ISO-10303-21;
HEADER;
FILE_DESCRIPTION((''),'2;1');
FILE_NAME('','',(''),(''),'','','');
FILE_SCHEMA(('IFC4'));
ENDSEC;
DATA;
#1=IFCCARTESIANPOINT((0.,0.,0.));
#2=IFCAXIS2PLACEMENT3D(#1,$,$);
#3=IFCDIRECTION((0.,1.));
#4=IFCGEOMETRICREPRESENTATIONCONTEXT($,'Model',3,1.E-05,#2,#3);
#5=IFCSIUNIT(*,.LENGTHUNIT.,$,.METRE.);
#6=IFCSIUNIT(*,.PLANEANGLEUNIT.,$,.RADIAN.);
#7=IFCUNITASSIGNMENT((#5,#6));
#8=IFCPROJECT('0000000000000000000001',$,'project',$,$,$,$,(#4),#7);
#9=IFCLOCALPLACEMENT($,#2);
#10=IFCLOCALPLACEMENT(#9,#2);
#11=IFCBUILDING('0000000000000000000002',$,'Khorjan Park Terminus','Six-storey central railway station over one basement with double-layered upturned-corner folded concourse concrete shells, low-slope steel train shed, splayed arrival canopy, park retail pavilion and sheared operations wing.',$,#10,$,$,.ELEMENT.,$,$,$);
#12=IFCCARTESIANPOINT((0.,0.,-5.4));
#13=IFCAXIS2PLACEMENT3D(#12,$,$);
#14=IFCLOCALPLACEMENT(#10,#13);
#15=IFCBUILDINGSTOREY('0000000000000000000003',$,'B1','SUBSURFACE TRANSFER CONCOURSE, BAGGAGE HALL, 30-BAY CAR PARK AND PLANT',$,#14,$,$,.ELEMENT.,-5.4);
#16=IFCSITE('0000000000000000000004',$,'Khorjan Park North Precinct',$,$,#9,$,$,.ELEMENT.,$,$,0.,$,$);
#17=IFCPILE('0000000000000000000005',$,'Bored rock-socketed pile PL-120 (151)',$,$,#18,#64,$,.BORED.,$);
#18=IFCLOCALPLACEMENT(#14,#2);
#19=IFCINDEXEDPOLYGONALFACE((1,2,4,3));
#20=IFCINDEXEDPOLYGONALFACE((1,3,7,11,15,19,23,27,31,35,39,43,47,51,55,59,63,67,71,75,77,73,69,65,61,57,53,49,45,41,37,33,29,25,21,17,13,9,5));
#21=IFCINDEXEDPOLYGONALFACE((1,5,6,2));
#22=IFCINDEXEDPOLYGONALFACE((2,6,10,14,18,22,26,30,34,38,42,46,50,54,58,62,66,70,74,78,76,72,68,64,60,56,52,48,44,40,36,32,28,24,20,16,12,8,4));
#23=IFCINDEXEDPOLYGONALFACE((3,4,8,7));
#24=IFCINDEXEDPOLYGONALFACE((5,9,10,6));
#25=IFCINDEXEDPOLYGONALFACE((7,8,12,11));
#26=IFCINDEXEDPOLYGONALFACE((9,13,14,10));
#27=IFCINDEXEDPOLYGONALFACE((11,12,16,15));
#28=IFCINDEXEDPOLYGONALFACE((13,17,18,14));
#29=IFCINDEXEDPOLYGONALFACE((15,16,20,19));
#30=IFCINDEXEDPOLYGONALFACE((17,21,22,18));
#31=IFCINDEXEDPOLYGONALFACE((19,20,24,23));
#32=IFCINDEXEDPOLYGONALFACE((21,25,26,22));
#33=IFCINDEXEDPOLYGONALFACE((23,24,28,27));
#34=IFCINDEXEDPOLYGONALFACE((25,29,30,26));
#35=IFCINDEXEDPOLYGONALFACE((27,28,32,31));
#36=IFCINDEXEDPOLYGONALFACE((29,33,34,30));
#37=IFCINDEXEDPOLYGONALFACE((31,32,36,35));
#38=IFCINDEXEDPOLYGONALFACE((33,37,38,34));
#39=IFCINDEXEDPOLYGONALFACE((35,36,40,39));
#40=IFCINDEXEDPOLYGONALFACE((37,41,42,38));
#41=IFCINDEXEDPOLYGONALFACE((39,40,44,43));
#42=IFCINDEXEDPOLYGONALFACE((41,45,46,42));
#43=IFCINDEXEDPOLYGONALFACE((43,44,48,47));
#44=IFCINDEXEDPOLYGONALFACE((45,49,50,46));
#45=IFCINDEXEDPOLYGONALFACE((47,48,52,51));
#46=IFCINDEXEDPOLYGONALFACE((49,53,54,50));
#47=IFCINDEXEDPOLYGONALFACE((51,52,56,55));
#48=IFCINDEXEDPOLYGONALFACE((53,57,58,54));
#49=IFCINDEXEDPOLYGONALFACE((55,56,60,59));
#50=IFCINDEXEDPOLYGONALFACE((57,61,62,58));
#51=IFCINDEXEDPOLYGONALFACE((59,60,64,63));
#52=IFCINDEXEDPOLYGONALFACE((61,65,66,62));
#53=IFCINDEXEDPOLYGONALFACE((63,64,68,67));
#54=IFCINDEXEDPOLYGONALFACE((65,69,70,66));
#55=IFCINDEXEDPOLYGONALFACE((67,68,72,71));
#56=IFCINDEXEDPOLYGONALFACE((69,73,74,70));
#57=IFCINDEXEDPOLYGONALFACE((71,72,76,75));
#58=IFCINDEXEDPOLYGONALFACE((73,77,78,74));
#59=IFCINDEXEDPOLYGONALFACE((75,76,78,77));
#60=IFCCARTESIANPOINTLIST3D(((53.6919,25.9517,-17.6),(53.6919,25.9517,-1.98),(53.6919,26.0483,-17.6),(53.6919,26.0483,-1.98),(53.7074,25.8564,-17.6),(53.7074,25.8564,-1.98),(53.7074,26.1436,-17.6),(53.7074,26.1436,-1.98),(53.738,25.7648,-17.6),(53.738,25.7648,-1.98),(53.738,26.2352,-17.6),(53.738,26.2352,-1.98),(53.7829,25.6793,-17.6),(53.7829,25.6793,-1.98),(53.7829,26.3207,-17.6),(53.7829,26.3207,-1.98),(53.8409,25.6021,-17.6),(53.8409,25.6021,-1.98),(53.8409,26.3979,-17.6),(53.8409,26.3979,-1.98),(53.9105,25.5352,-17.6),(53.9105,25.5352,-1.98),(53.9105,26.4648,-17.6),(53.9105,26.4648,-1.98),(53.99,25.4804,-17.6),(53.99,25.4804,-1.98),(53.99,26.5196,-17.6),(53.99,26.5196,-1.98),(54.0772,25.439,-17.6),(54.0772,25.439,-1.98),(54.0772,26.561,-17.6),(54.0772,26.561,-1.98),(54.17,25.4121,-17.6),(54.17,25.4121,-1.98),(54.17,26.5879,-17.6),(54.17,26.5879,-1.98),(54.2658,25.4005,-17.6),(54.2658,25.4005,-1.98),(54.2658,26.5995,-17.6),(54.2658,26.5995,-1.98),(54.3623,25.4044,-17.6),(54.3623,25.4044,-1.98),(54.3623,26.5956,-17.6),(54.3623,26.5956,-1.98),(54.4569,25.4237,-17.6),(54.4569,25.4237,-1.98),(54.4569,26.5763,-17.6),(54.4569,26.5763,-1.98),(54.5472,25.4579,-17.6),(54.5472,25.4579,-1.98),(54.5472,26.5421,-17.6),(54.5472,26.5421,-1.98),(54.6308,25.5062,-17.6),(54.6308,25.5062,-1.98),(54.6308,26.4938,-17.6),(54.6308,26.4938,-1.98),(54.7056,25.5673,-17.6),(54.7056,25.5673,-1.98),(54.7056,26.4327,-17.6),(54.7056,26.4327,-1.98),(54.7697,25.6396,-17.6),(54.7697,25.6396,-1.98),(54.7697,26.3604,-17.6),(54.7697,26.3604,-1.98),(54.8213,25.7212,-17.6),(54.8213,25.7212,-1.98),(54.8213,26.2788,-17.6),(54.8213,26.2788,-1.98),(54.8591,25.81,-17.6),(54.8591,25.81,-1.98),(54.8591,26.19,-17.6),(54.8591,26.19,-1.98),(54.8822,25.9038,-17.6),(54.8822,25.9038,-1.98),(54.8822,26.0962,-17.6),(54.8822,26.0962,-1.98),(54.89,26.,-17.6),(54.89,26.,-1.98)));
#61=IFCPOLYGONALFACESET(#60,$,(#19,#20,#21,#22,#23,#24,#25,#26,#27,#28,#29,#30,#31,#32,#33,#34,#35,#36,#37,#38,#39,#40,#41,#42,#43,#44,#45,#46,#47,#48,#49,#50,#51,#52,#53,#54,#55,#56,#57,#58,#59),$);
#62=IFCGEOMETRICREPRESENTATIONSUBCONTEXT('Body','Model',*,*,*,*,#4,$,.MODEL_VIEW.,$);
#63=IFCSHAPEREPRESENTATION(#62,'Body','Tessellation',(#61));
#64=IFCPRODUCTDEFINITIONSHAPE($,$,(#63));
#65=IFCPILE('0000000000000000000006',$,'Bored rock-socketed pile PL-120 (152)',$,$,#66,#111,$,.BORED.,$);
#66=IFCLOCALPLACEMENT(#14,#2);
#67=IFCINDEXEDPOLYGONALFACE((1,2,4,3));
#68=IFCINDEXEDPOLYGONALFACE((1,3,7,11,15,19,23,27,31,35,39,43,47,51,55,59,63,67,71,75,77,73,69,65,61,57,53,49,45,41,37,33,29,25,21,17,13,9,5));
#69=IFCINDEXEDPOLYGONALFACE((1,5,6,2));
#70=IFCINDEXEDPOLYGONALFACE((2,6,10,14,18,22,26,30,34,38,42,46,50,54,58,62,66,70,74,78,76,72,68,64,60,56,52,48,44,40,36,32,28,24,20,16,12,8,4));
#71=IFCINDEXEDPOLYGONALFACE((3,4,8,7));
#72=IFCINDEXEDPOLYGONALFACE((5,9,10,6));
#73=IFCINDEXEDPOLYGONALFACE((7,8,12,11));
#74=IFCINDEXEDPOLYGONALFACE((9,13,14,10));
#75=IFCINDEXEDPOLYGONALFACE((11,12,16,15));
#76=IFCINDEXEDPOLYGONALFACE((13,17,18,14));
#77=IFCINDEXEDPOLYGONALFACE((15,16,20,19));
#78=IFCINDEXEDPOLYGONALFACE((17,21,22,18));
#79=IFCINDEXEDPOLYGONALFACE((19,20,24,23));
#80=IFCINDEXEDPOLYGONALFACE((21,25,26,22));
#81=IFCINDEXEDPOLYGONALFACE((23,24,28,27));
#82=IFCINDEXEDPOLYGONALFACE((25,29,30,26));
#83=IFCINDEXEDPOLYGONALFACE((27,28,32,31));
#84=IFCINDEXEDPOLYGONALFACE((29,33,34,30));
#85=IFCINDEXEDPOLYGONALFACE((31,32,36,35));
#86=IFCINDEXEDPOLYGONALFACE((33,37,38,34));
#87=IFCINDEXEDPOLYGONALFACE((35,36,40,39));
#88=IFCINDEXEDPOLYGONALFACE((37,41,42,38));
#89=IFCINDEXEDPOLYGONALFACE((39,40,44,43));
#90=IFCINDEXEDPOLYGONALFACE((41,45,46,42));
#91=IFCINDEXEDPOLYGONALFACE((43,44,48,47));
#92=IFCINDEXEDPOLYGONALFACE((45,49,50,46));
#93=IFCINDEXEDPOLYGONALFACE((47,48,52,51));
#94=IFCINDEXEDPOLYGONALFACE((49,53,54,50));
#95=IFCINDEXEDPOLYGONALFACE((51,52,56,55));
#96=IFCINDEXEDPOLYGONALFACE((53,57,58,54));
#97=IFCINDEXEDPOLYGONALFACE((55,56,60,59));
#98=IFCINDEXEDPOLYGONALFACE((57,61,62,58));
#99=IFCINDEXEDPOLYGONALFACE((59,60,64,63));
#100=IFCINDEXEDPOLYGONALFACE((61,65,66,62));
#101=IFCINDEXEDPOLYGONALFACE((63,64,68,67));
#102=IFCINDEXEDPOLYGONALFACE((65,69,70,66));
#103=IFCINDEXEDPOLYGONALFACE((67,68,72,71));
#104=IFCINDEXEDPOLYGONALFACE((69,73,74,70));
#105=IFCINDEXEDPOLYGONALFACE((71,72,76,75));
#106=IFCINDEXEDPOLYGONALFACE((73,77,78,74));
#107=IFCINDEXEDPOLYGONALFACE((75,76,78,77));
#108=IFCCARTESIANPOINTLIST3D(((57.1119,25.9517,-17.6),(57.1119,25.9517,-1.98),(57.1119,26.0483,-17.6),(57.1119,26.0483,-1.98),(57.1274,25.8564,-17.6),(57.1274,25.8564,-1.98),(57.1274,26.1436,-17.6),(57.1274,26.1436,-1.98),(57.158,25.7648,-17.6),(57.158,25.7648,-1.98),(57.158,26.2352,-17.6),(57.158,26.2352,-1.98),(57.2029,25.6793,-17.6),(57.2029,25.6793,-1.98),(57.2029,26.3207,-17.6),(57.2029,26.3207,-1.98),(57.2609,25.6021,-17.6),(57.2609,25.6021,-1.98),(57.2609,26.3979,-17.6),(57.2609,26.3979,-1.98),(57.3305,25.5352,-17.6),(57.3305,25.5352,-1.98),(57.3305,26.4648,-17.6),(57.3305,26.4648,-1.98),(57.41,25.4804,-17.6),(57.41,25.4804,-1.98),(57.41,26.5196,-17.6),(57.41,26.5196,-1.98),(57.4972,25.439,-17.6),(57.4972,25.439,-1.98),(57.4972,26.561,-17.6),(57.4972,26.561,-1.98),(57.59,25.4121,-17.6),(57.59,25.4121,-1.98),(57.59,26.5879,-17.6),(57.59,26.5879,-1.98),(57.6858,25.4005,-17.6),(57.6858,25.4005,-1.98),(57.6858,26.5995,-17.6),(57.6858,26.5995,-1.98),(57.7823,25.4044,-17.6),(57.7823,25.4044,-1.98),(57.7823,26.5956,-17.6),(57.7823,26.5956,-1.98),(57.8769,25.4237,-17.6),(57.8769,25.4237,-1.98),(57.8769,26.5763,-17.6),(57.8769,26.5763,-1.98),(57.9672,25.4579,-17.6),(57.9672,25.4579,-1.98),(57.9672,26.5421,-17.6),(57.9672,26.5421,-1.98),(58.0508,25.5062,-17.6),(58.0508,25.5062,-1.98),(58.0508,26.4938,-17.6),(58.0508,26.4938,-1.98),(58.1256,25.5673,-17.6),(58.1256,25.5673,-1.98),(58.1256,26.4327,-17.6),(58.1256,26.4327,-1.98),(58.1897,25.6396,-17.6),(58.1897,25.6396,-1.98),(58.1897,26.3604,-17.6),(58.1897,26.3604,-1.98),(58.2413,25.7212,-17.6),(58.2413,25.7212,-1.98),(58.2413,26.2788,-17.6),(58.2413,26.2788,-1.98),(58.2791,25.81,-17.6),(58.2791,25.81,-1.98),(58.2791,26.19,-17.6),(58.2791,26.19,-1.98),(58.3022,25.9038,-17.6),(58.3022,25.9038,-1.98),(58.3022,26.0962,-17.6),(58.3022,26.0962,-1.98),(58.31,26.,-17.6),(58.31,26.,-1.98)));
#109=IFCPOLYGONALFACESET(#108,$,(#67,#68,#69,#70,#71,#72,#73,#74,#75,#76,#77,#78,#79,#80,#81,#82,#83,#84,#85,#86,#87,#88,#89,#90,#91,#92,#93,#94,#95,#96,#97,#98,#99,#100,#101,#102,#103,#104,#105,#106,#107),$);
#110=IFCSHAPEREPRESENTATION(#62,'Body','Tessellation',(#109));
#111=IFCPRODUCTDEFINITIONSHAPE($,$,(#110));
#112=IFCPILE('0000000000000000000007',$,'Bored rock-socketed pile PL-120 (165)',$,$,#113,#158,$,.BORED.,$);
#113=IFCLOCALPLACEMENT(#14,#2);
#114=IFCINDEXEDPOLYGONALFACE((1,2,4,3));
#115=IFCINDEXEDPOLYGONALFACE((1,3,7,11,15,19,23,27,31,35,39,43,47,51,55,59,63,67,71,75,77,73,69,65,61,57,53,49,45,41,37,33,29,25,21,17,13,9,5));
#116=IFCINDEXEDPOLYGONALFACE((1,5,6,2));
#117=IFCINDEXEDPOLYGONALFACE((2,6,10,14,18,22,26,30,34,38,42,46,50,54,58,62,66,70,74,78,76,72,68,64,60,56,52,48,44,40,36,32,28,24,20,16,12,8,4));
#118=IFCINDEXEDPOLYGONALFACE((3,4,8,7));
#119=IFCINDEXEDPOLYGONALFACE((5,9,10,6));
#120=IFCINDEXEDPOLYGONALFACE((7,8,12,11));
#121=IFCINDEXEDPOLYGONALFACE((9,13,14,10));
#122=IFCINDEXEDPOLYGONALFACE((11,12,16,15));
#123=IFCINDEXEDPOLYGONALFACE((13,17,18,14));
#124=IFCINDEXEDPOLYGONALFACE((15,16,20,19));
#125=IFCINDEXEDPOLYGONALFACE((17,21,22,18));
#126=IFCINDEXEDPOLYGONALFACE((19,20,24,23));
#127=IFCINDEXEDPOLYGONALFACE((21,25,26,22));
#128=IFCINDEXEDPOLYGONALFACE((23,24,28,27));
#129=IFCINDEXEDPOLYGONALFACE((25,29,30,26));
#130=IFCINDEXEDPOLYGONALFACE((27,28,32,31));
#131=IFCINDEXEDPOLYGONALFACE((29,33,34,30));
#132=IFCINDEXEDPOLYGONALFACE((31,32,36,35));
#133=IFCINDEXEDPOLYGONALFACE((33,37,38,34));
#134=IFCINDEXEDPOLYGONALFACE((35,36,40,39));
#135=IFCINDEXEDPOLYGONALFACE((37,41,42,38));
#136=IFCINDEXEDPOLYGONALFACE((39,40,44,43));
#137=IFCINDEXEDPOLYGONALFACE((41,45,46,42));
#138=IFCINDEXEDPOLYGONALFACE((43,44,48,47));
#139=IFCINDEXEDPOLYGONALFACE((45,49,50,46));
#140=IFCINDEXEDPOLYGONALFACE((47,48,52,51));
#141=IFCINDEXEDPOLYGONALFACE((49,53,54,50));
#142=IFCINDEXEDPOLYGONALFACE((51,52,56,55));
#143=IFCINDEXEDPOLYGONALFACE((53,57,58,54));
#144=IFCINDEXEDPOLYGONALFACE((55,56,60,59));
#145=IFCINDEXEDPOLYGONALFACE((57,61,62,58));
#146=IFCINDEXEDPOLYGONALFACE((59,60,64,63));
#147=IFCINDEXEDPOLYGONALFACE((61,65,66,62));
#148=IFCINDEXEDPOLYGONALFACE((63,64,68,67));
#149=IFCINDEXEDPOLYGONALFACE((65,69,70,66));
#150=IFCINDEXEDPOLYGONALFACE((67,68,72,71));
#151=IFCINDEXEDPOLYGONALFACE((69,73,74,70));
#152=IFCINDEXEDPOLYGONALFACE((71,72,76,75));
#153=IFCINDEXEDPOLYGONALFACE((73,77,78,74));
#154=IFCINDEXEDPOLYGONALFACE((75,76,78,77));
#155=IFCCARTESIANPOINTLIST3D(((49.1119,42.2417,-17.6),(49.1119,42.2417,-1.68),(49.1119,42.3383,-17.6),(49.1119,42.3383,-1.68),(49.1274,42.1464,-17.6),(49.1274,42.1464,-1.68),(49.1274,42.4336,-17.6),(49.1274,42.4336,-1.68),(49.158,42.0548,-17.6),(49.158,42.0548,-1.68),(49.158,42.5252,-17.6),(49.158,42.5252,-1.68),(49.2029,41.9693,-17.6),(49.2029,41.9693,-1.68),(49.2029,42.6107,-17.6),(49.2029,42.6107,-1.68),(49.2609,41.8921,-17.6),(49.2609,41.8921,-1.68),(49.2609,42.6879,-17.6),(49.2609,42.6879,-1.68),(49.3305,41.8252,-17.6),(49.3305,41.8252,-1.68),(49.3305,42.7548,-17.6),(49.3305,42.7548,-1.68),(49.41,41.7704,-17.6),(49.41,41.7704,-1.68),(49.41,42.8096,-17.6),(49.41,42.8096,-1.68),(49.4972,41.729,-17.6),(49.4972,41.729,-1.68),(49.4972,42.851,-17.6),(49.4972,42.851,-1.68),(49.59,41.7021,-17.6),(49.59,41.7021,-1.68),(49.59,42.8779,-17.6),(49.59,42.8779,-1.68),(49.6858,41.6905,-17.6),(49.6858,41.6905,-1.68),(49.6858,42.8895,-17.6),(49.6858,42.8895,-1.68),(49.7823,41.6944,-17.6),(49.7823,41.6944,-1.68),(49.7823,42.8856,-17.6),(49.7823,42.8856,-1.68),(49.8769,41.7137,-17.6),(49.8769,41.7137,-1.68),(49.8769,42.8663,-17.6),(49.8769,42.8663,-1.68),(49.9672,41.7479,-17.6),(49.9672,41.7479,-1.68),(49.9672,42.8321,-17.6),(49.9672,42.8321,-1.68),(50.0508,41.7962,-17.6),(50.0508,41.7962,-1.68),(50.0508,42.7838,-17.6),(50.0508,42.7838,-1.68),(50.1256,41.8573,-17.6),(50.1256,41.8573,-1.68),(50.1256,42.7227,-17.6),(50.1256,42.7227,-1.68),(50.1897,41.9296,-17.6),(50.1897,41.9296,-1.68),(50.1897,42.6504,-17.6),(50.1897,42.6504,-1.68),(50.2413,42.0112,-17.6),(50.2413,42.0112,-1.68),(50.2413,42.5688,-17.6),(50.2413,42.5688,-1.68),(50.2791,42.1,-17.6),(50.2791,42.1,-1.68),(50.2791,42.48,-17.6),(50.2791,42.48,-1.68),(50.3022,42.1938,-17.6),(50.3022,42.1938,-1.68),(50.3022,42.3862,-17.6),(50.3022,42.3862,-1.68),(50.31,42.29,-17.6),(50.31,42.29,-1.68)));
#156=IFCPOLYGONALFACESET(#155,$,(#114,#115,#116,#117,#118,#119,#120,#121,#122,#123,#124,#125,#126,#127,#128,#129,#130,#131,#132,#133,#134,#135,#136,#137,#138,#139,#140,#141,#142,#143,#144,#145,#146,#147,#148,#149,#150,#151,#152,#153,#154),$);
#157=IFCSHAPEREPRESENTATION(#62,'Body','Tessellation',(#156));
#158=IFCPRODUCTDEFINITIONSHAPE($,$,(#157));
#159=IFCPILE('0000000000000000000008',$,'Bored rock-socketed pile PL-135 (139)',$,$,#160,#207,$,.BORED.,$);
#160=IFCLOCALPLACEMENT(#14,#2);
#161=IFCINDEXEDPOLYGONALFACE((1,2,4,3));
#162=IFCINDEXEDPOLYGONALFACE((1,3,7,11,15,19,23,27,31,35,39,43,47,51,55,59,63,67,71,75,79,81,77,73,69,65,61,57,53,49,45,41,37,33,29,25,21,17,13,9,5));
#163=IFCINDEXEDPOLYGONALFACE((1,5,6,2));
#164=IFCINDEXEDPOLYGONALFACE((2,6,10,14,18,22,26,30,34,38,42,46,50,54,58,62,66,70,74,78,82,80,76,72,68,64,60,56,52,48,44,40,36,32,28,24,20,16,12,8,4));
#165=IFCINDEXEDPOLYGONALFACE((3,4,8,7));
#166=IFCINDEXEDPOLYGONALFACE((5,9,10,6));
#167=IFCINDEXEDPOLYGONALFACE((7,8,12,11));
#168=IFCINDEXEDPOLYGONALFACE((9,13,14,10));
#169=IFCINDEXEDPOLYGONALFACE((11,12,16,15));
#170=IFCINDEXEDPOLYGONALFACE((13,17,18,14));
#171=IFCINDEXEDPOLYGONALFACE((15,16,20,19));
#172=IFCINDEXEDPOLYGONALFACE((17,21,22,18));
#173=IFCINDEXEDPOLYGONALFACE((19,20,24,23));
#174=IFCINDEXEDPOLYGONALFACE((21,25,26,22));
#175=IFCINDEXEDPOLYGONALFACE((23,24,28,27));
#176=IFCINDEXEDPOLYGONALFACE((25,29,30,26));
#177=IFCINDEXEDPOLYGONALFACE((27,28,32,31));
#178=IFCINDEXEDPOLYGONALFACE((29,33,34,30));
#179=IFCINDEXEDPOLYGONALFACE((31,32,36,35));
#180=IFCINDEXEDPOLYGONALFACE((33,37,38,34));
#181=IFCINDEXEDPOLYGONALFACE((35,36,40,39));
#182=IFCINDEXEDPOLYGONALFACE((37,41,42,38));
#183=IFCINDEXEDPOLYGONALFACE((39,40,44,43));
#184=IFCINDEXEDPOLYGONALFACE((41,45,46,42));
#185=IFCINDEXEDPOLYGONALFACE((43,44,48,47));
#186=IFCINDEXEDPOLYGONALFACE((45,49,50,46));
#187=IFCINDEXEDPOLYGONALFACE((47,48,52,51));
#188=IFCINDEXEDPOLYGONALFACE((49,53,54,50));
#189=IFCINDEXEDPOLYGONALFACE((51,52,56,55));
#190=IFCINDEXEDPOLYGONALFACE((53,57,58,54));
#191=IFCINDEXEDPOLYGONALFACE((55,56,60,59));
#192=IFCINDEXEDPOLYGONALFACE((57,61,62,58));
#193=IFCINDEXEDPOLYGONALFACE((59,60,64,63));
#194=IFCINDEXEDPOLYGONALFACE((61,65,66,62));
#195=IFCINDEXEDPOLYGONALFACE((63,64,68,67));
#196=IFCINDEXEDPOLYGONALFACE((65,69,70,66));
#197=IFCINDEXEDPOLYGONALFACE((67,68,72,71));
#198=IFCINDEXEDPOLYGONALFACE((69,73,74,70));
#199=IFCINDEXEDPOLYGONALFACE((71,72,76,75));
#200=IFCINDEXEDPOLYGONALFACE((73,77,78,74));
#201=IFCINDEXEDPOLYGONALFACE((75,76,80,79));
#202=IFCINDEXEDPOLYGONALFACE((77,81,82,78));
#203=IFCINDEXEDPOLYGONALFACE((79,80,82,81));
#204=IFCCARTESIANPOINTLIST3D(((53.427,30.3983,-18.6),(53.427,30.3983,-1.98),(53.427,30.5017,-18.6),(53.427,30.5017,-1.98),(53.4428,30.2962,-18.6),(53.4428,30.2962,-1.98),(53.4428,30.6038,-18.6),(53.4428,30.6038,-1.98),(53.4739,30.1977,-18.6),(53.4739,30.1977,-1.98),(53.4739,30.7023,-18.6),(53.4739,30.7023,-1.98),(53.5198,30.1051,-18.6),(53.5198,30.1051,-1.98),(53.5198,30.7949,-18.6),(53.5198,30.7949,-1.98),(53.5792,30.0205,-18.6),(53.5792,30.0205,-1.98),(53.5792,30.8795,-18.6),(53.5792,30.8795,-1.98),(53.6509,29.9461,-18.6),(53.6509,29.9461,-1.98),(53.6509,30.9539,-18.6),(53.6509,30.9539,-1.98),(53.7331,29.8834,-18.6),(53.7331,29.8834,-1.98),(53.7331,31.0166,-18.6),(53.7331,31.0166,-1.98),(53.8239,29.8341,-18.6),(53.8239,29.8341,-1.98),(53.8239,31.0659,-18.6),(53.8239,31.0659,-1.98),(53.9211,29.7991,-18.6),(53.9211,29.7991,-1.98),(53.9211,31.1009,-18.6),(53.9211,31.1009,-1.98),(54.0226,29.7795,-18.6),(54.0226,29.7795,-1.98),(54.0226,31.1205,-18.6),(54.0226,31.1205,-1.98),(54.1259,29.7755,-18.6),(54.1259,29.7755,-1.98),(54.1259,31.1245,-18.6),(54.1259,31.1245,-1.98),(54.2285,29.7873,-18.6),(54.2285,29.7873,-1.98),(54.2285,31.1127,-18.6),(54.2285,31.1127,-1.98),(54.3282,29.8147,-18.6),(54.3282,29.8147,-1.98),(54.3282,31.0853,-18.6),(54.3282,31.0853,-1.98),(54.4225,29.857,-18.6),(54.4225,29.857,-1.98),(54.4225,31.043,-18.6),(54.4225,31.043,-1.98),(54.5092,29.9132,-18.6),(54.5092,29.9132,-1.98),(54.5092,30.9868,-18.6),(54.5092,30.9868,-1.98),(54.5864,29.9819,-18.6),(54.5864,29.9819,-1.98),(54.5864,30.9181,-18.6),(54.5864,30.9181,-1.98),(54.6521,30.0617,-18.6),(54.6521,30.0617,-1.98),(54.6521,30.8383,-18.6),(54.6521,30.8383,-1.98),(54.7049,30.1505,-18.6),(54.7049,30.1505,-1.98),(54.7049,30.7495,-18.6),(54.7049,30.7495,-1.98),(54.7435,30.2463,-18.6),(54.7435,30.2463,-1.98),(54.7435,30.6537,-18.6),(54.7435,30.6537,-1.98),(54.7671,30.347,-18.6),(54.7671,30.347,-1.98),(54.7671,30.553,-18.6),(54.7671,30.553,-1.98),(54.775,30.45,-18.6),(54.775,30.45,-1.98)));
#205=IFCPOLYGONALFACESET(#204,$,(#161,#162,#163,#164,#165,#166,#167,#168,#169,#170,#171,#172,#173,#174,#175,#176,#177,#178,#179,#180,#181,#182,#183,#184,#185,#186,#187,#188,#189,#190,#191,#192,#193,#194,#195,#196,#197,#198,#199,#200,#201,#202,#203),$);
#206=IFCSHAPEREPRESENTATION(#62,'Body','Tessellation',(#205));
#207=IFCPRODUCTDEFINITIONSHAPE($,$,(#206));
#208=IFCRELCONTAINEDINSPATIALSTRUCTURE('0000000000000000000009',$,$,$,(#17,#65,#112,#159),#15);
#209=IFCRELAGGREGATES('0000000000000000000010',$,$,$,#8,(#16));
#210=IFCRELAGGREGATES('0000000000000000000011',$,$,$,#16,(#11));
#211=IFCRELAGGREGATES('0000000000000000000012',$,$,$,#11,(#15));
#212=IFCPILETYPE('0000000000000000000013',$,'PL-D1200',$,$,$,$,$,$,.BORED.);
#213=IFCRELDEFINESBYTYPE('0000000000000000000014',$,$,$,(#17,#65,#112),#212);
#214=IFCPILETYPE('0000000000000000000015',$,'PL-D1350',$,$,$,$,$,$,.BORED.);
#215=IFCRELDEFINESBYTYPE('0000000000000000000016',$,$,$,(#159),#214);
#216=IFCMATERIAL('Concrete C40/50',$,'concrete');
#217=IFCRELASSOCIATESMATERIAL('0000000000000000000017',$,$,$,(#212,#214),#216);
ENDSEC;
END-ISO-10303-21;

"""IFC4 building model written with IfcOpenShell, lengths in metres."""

from ifc_helpers import new_model, si_unit, direction, frame, origin, origin_2d, place, context, subcontext, project, spatial, circle, extrude, material, material_profile, profile_set, type_object, element, save


model = new_model("IFC4")

# Units and contexts
model_context = context("Model", 3, precision=1e-05, world=origin(), true_north=direction((0.0, 1.0)))
body_context = subcontext(model_context, "Body", "Model", "MODEL_VIEW")
ifc_project = project(units=[si_unit("LENGTHUNIT", "METRE"), si_unit("PLANEANGLEUNIT", "RADIAN")], contexts=[model_context])

# Site, building, storey
site_placement = place(None, origin())
site = spatial("IfcSite", under=ifc_project, at=site_placement, Name="Khorjan Park North Precinct", CompositionType="ELEMENT", RefElevation=0.0)
building_placement = place(site_placement, origin())
building = spatial("IfcBuilding", under=site, at=building_placement, Name="Khorjan Park Terminus", Description="Six-storey central railway station over one basement with double-layered upturned-corner folded concourse concrete shells, low-slope steel train shed, splayed arrival canopy, park retail pavilion and sheared operations wing.", CompositionType="ELEMENT")
storey_placement = place(building_placement, frame((0.0, 0.0, -5.4)))
storey = spatial("IfcBuildingStorey", under=building, at=storey_placement, Name="B1", Description="SUBSURFACE TRANSFER CONCOURSE, BAGGAGE HALL, 30-BAY CAR PARK AND PLANT", CompositionType="ELEMENT", Elevation=-5.4)

# Shared definitions
ifc_material_1 = material(Name="Concrete C40/50", Category="concrete")

# Piles
ifc_material_profile_1 = material_profile(ifc_material_1, circle(Radius=0.6, at=origin_2d()), Name="BORED D1200")
ifc_profile_set_1 = profile_set([ifc_material_profile_1], Name="Concrete C40/50")
pile_type_1 = type_object("IfcPileType", Name="PL-D1200", PredefinedType="BORED", material=ifc_profile_set_1)
for number, where, z_axis, x_axis, name in (
    (1, (54.29, 26.0, -1.98), (0.0, 0.0, -1.0), (1.0, 0.0, 0.0), "Bored rock-socketed pile PL-120 (151)"),
    (2, (57.71, 26.0, -1.98), (0.0, 0.0, -1.0), (1.0, 0.0, 0.0), "Bored rock-socketed pile PL-120 (152)"),
):
    element("IfcPile", number, at=place(storey_placement, frame(where, z_axis=z_axis, x_axis=x_axis)), inside=storey, type_object=pile_type_1, Name=name, PredefinedType="BORED", context=body_context, shape_type="SweptSolid", body=[
        extrude(circle(Radius=0.6, at=origin_2d()), origin(), (0.0, 0.0, 1.0), 15.62),
    ])
pile_1_placement = place(storey_placement, frame((49.71, 42.29, -1.68), z_axis=(0.0, 0.0, -1.0), x_axis=(1.0, 0.0, 0.0)))
element("IfcPile", 3, at=pile_1_placement, inside=storey, type_object=pile_type_1, Name="Bored rock-socketed pile PL-120 (165)", PredefinedType="BORED", context=body_context, shape_type="SweptSolid", body=[
    extrude(circle(Radius=0.6, at=origin_2d()), origin(), (0.0, 0.0, 1.0), 15.92),
])
ifc_material_profile_2 = material_profile(ifc_material_1, circle(Radius=0.675, at=origin_2d()), Name="BORED D1350")
ifc_profile_set_2 = profile_set([ifc_material_profile_2], Name="Concrete C40/50")
pile_type_2 = type_object("IfcPileType", Name="PL-D1350", PredefinedType="BORED", material=ifc_profile_set_2)
for number, where, z_axis, x_axis, name in (
    (4, (54.1, 30.45, -1.98), (0.0, 0.0, -1.0), (1.0, 0.0, 0.0), "Bored rock-socketed pile PL-135 (139)"),
):
    element("IfcPile", number, at=place(storey_placement, frame(where, z_axis=z_axis, x_axis=x_axis)), inside=storey, type_object=pile_type_2, Name=name, PredefinedType="BORED", context=body_context, shape_type="SweptSolid", body=[
        extrude(circle(Radius=0.675, at=origin_2d()), origin(), (0.0, 0.0, 1.0), 16.62),
    ])

save(model, "model.ifc")
